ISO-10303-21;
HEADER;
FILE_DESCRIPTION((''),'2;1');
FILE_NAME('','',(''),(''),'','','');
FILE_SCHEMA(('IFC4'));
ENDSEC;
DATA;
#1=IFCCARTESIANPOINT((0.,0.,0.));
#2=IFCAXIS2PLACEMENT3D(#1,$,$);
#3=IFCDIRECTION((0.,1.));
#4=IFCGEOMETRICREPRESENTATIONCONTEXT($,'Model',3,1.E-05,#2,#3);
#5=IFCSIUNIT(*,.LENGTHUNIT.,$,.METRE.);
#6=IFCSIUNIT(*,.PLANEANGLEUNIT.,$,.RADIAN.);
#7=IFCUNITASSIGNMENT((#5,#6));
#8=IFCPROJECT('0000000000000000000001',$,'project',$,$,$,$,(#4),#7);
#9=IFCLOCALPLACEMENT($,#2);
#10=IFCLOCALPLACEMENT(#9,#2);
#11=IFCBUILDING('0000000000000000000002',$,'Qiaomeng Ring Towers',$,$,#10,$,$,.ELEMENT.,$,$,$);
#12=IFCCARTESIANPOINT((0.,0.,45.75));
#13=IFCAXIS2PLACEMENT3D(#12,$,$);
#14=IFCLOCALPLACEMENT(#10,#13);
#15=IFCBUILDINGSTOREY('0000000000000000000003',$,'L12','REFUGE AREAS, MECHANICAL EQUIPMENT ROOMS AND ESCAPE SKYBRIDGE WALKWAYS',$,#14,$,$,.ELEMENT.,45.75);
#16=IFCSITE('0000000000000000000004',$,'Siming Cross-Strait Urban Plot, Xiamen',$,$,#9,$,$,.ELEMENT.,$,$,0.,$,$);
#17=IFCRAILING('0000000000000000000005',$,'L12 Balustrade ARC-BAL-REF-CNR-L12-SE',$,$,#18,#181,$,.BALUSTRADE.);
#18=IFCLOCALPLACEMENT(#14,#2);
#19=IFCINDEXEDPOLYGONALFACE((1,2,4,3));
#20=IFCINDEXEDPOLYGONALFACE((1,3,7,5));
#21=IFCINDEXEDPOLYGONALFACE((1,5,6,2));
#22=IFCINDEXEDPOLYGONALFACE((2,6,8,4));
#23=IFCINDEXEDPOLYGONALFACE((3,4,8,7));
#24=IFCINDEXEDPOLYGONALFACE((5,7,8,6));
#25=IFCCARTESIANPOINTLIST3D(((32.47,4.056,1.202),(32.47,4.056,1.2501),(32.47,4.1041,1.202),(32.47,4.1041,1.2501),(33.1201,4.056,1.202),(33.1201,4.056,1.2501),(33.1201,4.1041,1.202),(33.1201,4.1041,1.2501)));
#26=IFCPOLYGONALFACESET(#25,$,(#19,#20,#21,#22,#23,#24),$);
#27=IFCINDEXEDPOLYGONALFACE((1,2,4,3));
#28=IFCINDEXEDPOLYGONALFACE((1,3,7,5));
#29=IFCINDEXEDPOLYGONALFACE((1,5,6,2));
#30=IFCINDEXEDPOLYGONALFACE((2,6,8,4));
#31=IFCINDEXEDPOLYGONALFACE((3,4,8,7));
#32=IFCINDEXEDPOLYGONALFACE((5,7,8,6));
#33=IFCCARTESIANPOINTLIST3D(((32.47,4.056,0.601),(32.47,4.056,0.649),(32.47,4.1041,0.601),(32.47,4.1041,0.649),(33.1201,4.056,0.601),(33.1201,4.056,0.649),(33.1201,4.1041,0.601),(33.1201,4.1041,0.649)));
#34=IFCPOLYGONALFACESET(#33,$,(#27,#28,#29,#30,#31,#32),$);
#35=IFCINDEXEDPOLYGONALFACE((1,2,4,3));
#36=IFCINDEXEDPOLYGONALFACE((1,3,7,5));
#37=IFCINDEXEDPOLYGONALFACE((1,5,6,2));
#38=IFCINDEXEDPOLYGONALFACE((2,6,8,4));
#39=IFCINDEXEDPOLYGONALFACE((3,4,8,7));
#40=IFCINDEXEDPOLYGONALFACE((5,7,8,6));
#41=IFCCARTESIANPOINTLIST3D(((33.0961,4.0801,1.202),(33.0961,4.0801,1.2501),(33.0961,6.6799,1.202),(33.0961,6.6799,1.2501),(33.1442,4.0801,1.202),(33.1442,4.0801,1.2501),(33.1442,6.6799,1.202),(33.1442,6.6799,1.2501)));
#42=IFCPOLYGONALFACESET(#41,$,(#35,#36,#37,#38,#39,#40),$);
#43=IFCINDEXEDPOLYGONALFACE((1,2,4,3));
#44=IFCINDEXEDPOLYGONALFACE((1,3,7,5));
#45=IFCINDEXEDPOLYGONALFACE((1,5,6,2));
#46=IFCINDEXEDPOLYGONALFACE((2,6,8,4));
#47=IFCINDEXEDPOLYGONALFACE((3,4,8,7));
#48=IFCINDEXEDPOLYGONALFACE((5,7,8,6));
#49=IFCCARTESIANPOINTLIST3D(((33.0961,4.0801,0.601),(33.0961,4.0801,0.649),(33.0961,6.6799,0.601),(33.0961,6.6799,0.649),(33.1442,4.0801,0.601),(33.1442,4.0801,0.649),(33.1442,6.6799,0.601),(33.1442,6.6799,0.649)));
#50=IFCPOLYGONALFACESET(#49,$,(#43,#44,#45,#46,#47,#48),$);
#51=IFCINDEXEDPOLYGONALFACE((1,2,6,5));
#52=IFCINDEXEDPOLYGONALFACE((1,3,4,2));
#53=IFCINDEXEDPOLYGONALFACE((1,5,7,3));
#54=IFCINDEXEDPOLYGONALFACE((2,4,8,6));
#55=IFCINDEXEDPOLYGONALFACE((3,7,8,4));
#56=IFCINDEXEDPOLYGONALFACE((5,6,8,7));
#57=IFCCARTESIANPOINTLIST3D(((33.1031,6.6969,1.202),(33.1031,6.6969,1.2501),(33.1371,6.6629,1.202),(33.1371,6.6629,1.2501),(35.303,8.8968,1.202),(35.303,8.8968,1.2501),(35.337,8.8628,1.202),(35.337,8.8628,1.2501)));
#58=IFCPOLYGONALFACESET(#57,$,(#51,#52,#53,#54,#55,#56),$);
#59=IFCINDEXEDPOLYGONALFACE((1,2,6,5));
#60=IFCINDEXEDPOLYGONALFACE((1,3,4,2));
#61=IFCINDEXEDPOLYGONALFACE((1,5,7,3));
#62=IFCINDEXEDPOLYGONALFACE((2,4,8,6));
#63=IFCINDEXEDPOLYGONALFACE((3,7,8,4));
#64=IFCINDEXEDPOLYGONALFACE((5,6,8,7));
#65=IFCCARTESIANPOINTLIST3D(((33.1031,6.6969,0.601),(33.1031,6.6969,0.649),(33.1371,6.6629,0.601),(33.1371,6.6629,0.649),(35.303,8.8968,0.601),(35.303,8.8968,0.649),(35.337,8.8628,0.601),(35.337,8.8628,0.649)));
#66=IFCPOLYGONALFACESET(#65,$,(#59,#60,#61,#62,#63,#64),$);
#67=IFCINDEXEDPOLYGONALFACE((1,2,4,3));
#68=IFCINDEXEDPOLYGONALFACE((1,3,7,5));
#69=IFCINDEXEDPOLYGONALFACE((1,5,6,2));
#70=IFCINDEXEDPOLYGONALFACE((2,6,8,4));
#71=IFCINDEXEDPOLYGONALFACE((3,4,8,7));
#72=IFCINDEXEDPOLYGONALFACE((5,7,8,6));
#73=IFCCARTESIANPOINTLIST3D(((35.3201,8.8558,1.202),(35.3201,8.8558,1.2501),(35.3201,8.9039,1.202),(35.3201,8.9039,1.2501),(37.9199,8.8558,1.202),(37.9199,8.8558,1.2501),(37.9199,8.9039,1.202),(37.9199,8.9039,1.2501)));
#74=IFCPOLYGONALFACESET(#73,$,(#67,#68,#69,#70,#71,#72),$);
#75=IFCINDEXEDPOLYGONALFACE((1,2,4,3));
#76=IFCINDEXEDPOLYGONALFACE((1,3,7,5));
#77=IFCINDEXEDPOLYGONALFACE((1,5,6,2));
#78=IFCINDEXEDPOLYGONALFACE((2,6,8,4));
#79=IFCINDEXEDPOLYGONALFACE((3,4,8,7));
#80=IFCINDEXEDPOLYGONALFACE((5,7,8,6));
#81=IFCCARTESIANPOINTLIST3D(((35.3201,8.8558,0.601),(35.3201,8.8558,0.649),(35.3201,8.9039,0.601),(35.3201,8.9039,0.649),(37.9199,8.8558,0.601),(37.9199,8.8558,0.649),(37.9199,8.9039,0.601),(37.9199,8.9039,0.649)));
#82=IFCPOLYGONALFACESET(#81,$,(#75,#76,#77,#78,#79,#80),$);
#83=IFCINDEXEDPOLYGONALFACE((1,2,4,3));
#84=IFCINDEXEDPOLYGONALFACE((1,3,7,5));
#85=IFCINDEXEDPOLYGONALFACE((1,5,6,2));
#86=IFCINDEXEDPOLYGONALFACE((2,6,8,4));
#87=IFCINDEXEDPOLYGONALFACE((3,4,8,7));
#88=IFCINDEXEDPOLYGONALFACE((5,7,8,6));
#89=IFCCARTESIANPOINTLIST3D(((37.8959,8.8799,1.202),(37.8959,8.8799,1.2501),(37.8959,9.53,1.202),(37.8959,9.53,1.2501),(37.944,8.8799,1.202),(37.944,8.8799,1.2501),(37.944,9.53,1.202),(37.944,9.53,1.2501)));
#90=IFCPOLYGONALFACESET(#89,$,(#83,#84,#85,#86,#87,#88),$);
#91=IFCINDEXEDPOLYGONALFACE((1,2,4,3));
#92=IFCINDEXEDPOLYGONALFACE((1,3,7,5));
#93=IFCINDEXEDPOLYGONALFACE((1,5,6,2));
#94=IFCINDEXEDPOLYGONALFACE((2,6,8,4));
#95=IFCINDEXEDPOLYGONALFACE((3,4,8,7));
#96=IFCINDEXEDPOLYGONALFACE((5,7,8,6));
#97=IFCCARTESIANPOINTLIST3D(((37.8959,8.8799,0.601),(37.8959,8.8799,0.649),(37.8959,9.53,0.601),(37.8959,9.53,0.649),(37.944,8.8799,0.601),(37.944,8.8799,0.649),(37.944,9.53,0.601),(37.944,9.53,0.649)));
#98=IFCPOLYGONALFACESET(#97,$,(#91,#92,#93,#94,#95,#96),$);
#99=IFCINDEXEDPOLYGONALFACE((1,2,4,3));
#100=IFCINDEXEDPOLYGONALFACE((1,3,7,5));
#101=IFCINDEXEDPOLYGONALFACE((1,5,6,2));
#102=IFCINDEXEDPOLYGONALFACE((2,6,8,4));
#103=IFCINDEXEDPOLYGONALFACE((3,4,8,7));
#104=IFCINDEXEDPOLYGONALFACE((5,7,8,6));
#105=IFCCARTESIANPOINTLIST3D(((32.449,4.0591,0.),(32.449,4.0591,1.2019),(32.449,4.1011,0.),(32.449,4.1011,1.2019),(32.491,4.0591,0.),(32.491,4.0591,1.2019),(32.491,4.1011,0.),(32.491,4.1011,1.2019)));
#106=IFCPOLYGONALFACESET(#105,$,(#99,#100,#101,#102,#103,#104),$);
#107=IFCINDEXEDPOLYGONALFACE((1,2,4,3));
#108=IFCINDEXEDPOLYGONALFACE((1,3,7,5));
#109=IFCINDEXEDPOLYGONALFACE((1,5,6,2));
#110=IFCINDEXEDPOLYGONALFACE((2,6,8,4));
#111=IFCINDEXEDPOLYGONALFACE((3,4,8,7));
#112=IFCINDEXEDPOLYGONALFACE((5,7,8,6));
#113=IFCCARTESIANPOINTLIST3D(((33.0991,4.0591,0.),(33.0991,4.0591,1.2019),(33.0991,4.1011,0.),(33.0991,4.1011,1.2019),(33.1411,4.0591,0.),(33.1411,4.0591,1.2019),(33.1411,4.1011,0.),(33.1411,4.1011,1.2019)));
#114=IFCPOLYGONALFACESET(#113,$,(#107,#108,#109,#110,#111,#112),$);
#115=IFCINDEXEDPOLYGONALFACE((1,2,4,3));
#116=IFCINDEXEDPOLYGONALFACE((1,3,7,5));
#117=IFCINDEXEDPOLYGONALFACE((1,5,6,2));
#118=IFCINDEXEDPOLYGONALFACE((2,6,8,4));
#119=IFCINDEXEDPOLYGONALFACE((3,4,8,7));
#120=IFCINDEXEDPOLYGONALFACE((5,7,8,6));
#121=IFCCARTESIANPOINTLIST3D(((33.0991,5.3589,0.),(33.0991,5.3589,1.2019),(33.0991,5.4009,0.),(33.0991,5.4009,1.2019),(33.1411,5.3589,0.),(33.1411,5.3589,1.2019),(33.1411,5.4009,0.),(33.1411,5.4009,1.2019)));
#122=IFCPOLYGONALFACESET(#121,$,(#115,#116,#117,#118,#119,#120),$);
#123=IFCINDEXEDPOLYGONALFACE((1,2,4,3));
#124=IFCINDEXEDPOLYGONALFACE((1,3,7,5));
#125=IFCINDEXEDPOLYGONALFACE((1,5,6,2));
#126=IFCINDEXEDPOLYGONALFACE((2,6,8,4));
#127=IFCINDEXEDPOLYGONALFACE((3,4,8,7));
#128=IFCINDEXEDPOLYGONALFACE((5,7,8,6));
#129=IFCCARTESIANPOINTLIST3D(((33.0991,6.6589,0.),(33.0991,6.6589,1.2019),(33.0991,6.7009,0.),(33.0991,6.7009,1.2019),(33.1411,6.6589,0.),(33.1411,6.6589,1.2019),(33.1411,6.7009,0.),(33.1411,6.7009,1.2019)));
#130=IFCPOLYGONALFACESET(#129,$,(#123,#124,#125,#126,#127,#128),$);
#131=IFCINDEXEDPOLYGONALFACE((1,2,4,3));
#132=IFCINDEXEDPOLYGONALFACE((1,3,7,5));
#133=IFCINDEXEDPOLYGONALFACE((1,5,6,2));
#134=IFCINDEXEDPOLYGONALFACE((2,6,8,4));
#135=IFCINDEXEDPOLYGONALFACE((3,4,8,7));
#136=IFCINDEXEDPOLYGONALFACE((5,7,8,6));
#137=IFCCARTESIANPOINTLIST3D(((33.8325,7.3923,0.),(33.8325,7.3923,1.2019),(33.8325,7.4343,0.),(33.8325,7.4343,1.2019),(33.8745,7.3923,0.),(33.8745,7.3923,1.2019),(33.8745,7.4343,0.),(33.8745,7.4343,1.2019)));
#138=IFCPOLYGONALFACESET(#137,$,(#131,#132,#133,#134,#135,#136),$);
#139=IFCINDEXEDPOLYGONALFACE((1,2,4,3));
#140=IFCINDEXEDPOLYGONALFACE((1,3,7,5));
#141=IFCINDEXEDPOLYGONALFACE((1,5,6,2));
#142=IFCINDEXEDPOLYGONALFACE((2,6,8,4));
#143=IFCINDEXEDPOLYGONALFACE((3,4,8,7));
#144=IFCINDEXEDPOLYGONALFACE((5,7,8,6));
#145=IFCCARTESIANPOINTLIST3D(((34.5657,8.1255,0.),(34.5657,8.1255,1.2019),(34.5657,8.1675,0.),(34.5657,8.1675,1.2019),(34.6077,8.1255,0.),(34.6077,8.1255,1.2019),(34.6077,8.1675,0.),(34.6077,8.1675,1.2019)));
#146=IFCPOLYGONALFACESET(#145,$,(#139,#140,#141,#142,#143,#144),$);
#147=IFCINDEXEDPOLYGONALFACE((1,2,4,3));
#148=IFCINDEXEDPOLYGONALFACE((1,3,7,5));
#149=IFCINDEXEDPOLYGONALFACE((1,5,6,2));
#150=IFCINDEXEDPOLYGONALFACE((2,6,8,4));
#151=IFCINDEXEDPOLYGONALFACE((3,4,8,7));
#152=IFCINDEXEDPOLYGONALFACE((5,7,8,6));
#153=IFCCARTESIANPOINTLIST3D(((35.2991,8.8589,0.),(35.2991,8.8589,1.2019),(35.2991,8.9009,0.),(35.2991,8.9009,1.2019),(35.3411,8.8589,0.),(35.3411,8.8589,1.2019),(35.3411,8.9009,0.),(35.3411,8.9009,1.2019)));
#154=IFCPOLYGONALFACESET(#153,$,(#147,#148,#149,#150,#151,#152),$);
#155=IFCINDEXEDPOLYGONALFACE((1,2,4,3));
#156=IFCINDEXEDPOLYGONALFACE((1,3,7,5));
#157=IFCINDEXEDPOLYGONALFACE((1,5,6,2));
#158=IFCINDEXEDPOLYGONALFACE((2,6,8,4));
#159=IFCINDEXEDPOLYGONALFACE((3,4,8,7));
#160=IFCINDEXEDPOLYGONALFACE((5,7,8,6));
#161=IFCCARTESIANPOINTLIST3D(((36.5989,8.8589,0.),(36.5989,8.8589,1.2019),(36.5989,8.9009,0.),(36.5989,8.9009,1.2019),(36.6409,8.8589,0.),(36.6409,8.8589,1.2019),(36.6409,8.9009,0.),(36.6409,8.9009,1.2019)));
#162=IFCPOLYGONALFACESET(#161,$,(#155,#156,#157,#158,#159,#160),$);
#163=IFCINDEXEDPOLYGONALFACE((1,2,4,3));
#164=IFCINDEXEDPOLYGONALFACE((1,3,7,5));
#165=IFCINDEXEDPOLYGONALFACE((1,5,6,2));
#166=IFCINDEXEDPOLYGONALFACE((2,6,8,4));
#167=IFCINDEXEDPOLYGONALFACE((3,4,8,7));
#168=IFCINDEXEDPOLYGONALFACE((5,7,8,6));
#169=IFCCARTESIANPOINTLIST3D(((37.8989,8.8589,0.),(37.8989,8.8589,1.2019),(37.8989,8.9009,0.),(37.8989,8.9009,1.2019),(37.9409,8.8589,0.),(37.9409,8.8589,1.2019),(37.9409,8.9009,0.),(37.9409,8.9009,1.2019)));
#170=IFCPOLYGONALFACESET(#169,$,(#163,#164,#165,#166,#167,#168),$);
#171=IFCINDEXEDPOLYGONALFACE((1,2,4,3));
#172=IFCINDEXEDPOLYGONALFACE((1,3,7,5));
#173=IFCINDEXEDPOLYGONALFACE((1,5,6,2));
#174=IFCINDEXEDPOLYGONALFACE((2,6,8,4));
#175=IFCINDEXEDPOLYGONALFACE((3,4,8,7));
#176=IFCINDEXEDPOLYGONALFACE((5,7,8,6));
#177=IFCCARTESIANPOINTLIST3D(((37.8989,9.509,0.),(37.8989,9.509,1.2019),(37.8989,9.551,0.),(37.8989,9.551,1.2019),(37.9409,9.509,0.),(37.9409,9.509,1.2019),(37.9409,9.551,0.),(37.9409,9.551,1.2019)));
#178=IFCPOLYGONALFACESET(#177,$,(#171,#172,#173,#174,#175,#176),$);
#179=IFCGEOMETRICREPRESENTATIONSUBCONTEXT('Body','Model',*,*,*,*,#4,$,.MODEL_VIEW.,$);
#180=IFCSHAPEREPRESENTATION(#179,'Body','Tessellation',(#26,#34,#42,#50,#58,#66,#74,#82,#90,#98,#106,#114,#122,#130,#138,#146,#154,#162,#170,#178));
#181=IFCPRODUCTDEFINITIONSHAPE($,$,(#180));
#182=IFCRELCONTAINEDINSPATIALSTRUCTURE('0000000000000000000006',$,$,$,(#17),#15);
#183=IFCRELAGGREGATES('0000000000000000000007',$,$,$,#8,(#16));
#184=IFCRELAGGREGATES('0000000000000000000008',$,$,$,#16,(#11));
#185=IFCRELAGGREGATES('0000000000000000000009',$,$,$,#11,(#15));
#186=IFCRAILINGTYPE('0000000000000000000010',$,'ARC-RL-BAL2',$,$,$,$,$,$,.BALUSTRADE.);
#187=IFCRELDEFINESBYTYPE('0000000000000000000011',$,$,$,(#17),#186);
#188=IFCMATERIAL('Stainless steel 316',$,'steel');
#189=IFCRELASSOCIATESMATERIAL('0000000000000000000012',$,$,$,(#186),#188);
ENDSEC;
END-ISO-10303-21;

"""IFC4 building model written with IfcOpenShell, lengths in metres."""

from ifc_helpers import new_model, si_unit, direction, frame, origin, origin_2d, place, context, subcontext, project, spatial, rectangle, extrude, material, type_object, element, save


model = new_model("IFC4")

# Units and contexts
model_context = context("Model", 3, precision=1e-05, world=origin(), true_north=direction((0.0, 1.0)))
body_context = subcontext(model_context, "Body", "Model", "MODEL_VIEW")
ifc_project = project(units=[si_unit("LENGTHUNIT", "METRE"), si_unit("PLANEANGLEUNIT", "RADIAN")], contexts=[model_context])

# Site, building, storey
site_placement = place(None, origin())
site = spatial("IfcSite", under=ifc_project, at=site_placement, Name="Siming Cross-Strait Urban Plot, Xiamen", CompositionType="ELEMENT", RefElevation=0.0)
building_placement = place(site_placement, origin())
building = spatial("IfcBuilding", under=site, at=building_placement, Name="Qiaomeng Ring Towers", CompositionType="ELEMENT")
storey_placement = place(building_placement, frame((0.0, 0.0, 45.75)))
storey = spatial("IfcBuildingStorey", under=building, at=storey_placement, Name="L12", Description="REFUGE AREAS, MECHANICAL EQUIPMENT ROOMS AND ESCAPE SKYBRIDGE WALKWAYS", CompositionType="ELEMENT", Elevation=45.75)

# Shared definitions
ifc_material_1 = material(Name="Stainless steel 316", Category="steel")

# Railing
railing_type = type_object("IfcRailingType", Name="ARC-RL-BAL2", PredefinedType="BALUSTRADE", material=ifc_material_1)
railing_placement = place(storey_placement, frame((32.47, 4.0801, 0.0)))
element("IfcRailing", 1, at=railing_placement, inside=storey, type_object=railing_type, Name="L12 Balustrade ARC-BAL-REF-CNR-L12-SE", PredefinedType="BALUSTRADE", context=body_context, shape_type="SweptSolid", body=[
    extrude(rectangle(XDim=0.0481, YDim=0.0481, at=origin_2d()), frame((0.0, 0.0, 1.2261), z_axis=(1.0, 0.0, 0.0), x_axis=(0.0, 1.0, 0.0)), (0.0, 0.0, 1.0), 0.6501),
    extrude(rectangle(XDim=0.0481, YDim=0.0481, at=origin_2d()), frame((0.0, 0.0, 0.625), z_axis=(1.0, 0.0, 0.0), x_axis=(0.0, 1.0, 0.0)), (0.0, 0.0, 1.0), 0.6501),
    extrude(rectangle(XDim=0.0481, YDim=0.0481, at=origin_2d()), frame((0.6501, 0.0, 1.2261), z_axis=(0.0, 1.0, 0.0), x_axis=(-1.0, 0.0, 0.0)), (0.0, 0.0, 1.0), 2.5999),
    extrude(rectangle(XDim=0.0481, YDim=0.0481, at=origin_2d()), frame((0.6501, 0.0, 0.625), z_axis=(0.0, 1.0, 0.0), x_axis=(-1.0, 0.0, 0.0)), (0.0, 0.0, 1.0), 2.5999),
    extrude(rectangle(XDim=0.0481, YDim=0.0481, at=origin_2d()), frame((0.6501, 2.5999, 1.2261), z_axis=(0.707107, 0.707107, 0.0), x_axis=(-0.707107, 0.707107, 0.0)), (0.0, 0.0, 1.0), 3.1111),
    extrude(rectangle(XDim=0.0481, YDim=0.0481, at=origin_2d()), frame((0.6501, 2.5999, 0.625), z_axis=(0.707107, 0.707107, 0.0), x_axis=(-0.707107, 0.707107, 0.0)), (0.0, 0.0, 1.0), 3.1111),
    extrude(rectangle(XDim=0.0481, YDim=0.0481, at=origin_2d()), frame((2.8501, 4.7998, 1.2261), z_axis=(1.0, 0.0, 0.0), x_axis=(0.0, 1.0, 0.0)), (0.0, 0.0, 1.0), 2.5999),
    extrude(rectangle(XDim=0.0481, YDim=0.0481, at=origin_2d()), frame((2.8501, 4.7998, 0.625), z_axis=(1.0, 0.0, 0.0), x_axis=(0.0, 1.0, 0.0)), (0.0, 0.0, 1.0), 2.5999),
    extrude(rectangle(XDim=0.0481, YDim=0.0481, at=origin_2d()), frame((5.45, 4.7998, 1.2261), z_axis=(0.0, 1.0, 0.0), x_axis=(-1.0, 0.0, 0.0)), (0.0, 0.0, 1.0), 0.6501),
    extrude(rectangle(XDim=0.0481, YDim=0.0481, at=origin_2d()), frame((5.45, 4.7998, 0.625), z_axis=(0.0, 1.0, 0.0), x_axis=(-1.0, 0.0, 0.0)), (0.0, 0.0, 1.0), 0.6501),
    extrude(rectangle(XDim=0.042, YDim=0.042, at=origin_2d()), origin(), (0.0, 0.0, 1.0), 1.2019),
    extrude(rectangle(XDim=0.042, YDim=0.042, at=origin_2d()), frame((0.6501, 0.0, 0.0)), (0.0, 0.0, 1.0), 1.2019),
    extrude(rectangle(XDim=0.042, YDim=0.042, at=origin_2d()), frame((0.6501, 1.2998, 0.0)), (0.0, 0.0, 1.0), 1.2019),
    extrude(rectangle(XDim=0.042, YDim=0.042, at=origin_2d()), frame((0.6501, 2.5999, 0.0)), (0.0, 0.0, 1.0), 1.2019),
    extrude(rectangle(XDim=0.042, YDim=0.042, at=origin_2d()), frame((1.3835, 3.3333, 0.0)), (0.0, 0.0, 1.0), 1.2019),
    extrude(rectangle(XDim=0.042, YDim=0.042, at=origin_2d()), frame((2.1167, 4.0664, 0.0)), (0.0, 0.0, 1.0), 1.2019),
    extrude(rectangle(XDim=0.042, YDim=0.042, at=origin_2d()), frame((2.8501, 4.7998, 0.0)), (0.0, 0.0, 1.0), 1.2019),
    extrude(rectangle(XDim=0.042, YDim=0.042, at=origin_2d()), frame((4.1499, 4.7998, 0.0)), (0.0, 0.0, 1.0), 1.2019),
    extrude(rectangle(XDim=0.042, YDim=0.042, at=origin_2d()), frame((5.45, 4.7998, 0.0)), (0.0, 0.0, 1.0), 1.2019),
    extrude(rectangle(XDim=0.042, YDim=0.042, at=origin_2d()), frame((5.45, 5.45, 0.0)), (0.0, 0.0, 1.0), 1.2019),
])

save(model, "model.ifc")
